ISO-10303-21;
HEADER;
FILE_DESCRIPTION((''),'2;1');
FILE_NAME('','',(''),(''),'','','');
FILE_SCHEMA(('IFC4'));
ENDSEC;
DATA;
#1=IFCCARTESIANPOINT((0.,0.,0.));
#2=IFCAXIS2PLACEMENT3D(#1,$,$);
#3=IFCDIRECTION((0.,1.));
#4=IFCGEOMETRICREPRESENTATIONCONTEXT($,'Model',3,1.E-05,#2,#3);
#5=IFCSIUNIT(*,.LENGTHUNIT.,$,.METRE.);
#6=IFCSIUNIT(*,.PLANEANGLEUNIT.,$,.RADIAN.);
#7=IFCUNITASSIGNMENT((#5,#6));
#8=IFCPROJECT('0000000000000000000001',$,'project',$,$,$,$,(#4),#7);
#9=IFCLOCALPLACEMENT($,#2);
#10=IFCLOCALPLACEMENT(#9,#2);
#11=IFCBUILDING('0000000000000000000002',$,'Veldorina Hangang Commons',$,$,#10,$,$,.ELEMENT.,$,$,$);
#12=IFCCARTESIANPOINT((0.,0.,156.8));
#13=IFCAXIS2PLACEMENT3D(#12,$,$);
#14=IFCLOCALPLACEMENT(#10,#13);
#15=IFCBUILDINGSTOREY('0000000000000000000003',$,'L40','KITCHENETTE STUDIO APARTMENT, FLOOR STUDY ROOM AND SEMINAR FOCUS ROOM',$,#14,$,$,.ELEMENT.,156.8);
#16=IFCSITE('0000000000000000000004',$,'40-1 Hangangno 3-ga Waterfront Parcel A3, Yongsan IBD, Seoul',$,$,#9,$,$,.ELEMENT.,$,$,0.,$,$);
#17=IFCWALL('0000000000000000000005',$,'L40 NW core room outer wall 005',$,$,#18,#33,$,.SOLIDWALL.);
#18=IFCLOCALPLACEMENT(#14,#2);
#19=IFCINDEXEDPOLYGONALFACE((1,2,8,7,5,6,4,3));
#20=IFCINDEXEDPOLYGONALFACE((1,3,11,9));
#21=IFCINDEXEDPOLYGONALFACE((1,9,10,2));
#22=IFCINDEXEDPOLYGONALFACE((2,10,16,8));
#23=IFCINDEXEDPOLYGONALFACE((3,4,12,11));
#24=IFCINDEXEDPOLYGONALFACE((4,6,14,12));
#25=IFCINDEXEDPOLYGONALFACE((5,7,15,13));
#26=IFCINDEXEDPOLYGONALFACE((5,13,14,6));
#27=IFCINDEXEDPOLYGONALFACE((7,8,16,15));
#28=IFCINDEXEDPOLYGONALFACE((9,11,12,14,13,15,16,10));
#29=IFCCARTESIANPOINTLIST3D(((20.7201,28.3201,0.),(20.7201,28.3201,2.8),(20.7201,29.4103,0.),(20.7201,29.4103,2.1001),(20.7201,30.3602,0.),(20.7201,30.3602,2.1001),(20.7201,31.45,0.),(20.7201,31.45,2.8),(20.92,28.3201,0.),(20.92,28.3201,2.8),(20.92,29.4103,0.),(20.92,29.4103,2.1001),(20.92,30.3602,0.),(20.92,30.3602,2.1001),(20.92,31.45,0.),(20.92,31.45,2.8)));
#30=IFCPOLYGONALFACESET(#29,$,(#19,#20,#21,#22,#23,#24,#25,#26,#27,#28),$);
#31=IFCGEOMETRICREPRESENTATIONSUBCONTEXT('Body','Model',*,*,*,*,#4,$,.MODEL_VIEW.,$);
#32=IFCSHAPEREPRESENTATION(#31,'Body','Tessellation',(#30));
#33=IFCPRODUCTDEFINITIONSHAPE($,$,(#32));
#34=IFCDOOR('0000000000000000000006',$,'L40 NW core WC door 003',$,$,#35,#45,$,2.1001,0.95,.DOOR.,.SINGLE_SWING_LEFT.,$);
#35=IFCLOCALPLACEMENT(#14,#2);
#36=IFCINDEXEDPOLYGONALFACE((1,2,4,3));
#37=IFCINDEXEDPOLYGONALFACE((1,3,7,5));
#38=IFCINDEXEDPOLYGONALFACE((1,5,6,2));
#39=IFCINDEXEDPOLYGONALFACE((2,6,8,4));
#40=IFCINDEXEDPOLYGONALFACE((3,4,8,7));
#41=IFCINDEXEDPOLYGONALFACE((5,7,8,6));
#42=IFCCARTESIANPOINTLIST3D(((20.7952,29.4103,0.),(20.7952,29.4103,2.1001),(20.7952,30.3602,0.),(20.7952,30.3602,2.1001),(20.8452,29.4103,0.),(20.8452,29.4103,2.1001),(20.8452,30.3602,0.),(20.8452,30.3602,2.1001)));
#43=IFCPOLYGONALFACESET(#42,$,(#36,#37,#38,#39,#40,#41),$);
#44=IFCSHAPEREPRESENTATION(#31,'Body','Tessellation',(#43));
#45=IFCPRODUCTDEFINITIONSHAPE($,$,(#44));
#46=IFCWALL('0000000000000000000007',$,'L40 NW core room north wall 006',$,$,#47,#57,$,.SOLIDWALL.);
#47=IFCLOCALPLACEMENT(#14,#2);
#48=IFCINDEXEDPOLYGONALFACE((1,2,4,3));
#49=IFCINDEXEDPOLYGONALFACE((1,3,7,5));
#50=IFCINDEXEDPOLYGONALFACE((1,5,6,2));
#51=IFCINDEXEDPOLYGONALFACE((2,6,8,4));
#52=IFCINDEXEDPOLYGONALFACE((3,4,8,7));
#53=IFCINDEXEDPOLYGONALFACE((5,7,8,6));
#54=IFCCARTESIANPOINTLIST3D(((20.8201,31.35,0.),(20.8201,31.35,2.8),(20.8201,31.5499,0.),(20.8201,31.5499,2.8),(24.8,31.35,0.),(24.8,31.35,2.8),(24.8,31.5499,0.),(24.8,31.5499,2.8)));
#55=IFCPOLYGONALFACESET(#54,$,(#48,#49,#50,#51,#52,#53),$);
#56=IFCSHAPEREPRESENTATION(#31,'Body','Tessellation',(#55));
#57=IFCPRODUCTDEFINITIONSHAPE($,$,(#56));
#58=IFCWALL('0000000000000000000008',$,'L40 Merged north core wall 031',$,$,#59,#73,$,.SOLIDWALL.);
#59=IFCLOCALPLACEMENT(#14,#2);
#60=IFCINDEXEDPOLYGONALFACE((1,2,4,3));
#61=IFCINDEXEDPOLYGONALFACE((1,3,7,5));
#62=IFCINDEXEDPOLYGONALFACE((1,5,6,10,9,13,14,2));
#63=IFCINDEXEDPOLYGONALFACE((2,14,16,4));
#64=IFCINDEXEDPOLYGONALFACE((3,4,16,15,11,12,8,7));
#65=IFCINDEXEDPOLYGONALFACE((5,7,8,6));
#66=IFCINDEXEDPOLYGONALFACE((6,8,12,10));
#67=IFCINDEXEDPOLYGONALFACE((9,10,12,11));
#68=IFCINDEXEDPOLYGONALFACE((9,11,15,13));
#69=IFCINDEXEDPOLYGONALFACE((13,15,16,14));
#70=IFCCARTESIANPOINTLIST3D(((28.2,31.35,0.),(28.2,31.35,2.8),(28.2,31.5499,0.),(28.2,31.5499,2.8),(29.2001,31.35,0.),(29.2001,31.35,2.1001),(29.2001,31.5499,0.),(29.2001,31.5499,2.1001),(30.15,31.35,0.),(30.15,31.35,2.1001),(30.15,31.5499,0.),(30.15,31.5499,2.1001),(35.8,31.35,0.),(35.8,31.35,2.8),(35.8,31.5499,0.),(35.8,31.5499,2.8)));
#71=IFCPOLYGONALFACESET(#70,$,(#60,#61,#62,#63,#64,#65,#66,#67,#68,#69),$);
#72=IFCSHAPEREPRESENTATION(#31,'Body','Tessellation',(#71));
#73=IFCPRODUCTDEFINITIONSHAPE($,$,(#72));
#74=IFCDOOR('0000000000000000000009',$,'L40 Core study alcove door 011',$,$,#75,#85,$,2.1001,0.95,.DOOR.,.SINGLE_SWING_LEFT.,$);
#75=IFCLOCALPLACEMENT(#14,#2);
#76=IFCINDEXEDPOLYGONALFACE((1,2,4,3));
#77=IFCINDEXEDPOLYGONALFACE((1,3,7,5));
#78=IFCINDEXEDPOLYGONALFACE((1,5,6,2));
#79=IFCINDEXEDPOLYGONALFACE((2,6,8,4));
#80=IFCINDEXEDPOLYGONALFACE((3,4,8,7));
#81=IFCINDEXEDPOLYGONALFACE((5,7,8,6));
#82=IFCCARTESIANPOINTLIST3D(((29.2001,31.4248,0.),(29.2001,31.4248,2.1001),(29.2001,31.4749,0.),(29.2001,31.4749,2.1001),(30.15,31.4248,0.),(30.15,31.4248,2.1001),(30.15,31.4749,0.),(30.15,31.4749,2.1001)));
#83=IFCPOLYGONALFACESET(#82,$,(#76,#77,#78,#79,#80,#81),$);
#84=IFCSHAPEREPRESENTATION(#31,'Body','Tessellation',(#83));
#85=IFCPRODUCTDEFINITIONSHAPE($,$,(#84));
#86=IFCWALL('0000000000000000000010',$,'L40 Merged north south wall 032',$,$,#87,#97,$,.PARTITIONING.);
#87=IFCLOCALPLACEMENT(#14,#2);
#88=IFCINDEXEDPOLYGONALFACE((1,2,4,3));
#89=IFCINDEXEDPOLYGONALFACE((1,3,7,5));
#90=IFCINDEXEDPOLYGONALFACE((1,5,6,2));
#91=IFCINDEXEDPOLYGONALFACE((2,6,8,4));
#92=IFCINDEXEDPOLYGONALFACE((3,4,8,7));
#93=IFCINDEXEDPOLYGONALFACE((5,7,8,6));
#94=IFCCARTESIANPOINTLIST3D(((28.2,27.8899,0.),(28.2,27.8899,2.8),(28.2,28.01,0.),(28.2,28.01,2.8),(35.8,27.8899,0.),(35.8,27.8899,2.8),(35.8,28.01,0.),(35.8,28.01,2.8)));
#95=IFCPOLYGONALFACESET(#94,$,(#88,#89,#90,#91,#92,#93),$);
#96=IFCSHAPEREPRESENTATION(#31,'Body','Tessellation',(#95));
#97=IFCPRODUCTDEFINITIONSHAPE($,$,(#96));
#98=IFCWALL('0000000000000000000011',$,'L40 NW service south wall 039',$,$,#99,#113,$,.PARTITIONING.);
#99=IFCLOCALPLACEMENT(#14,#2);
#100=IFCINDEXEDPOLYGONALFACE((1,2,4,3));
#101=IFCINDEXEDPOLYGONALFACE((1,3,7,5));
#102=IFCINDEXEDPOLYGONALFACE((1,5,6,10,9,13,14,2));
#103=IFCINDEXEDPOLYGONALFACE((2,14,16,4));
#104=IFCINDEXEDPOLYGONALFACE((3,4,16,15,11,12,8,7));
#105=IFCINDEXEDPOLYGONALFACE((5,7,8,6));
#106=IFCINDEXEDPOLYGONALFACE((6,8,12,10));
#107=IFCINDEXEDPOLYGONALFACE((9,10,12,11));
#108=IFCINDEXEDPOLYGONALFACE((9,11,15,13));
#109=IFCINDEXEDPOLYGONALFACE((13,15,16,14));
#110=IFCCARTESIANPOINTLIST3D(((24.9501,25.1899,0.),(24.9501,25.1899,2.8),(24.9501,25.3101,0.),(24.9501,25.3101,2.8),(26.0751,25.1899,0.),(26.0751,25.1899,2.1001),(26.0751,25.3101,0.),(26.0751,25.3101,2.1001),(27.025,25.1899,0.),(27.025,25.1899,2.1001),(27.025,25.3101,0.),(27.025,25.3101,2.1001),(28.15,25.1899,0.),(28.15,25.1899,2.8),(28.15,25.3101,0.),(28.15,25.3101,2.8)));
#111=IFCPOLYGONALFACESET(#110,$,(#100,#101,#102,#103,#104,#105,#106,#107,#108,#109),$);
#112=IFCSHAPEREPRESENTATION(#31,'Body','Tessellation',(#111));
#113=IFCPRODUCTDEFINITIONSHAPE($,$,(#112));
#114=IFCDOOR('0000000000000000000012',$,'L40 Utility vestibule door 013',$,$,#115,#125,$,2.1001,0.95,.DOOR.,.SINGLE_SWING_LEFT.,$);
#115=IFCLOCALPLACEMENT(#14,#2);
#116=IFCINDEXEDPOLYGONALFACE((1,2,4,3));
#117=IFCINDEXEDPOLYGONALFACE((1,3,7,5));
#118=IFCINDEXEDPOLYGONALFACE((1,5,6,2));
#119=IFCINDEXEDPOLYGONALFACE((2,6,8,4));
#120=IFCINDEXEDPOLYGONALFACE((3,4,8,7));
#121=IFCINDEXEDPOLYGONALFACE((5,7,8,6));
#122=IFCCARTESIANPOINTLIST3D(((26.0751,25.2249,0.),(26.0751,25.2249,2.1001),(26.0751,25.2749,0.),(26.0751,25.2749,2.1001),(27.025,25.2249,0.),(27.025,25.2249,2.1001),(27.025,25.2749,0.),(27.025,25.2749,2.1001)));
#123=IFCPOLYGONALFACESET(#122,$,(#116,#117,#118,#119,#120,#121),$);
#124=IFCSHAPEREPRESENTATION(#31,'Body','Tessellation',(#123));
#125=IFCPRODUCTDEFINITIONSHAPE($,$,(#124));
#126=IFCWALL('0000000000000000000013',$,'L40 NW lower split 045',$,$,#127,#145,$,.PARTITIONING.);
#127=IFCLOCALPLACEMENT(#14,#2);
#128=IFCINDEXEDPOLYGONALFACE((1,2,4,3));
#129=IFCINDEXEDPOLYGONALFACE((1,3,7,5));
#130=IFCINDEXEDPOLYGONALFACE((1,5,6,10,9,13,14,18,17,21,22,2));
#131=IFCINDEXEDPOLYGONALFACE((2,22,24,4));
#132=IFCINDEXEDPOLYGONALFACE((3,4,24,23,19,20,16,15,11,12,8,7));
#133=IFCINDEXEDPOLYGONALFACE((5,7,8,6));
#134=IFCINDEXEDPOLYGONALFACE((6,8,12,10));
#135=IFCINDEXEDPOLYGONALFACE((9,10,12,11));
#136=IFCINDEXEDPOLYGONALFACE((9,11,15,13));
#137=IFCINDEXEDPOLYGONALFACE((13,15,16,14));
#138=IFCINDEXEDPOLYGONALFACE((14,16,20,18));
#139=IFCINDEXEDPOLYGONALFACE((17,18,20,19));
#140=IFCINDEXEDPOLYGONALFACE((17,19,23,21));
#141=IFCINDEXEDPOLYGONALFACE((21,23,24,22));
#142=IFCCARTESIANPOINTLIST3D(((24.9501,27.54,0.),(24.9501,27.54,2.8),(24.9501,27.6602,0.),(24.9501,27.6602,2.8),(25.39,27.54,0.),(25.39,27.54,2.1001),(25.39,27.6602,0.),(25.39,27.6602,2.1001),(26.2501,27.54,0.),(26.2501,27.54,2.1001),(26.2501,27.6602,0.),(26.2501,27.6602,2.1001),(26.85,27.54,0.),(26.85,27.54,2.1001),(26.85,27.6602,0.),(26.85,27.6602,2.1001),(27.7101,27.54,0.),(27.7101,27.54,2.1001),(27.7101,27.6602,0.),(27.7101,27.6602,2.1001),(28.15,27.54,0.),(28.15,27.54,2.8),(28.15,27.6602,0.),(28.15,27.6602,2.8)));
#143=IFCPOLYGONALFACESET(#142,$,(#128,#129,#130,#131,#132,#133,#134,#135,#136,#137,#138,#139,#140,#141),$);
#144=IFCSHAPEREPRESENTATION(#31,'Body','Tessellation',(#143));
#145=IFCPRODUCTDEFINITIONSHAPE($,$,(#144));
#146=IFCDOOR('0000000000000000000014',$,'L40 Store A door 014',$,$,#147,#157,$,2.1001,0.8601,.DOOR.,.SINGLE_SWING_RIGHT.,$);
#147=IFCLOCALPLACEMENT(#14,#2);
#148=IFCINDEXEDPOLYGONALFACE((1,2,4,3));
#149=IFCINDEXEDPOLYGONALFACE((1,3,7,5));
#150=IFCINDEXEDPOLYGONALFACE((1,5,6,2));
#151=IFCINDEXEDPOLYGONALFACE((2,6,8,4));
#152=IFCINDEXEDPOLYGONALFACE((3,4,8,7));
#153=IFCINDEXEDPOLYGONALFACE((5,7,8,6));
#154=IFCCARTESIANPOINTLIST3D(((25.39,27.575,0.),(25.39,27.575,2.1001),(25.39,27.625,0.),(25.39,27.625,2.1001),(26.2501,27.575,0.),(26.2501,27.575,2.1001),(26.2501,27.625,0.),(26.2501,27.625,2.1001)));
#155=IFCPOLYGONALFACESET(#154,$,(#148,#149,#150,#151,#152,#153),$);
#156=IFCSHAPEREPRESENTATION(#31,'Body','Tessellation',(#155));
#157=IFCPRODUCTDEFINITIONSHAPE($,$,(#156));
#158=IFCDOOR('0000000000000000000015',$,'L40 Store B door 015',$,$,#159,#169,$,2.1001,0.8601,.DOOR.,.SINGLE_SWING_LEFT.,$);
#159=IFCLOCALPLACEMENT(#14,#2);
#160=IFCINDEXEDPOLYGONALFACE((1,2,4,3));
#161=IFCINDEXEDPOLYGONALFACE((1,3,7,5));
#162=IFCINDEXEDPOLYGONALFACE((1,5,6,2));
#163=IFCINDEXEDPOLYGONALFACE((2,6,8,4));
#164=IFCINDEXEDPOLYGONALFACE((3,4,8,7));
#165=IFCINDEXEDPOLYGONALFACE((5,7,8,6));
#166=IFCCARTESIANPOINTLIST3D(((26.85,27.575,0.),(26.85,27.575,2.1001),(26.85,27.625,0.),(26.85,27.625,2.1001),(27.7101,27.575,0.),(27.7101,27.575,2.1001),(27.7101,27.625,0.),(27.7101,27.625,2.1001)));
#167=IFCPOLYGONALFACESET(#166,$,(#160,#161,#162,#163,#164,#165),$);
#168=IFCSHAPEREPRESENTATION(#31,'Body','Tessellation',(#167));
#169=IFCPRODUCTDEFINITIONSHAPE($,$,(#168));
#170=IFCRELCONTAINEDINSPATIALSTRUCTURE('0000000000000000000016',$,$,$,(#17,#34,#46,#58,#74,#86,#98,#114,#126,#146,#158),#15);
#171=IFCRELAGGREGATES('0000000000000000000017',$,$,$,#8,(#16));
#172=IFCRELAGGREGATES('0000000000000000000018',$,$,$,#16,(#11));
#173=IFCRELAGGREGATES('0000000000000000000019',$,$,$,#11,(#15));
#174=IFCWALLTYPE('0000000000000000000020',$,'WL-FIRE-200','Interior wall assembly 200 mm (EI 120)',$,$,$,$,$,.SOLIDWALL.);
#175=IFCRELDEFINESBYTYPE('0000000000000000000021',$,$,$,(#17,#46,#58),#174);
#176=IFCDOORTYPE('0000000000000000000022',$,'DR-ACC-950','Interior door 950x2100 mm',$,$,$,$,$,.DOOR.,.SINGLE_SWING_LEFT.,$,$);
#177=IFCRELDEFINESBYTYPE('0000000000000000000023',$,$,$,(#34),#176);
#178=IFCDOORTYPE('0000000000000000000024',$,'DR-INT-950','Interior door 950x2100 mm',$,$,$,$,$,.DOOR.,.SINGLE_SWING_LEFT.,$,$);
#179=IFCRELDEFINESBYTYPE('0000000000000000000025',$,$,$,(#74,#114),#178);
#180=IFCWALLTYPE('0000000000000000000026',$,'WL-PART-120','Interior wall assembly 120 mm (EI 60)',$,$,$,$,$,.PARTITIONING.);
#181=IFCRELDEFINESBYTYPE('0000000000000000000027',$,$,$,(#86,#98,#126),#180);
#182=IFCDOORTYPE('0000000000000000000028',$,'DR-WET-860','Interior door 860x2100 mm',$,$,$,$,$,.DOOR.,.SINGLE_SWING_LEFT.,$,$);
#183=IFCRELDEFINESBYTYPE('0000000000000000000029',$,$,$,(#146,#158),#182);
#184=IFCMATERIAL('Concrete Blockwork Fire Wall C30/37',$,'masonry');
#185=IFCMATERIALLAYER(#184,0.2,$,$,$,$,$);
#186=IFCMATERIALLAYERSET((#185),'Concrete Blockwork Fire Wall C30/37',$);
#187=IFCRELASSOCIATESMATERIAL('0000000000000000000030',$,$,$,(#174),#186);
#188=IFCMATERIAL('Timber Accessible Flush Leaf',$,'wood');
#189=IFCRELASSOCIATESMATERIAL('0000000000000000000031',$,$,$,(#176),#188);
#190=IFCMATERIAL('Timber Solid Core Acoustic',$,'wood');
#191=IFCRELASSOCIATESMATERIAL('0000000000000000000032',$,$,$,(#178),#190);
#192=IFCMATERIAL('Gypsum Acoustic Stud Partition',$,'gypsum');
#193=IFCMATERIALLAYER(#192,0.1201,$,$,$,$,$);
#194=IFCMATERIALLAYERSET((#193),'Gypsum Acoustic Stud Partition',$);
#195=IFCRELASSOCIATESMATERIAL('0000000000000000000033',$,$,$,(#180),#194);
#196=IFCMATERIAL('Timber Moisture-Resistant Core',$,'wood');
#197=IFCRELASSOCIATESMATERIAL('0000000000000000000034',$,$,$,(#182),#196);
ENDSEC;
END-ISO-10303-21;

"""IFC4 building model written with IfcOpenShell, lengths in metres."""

from ifc_helpers import new_model, si_unit, direction, frame, frame_2d, origin, place, context, subcontext, project, spatial, rectangle, extrude, material, layer, layer_set, type_object, element, fill, save


model = new_model("IFC4")

# Units and contexts
model_context = context("Model", 3, precision=1e-05, world=origin(), true_north=direction((0.0, 1.0)))
body_context = subcontext(model_context, "Body", "Model", "MODEL_VIEW")
ifc_project = project(units=[si_unit("LENGTHUNIT", "METRE"), si_unit("PLANEANGLEUNIT", "RADIAN")], contexts=[model_context])

# Site, building, storey
site_placement = place(None, origin())
site = spatial("IfcSite", under=ifc_project, at=site_placement, Name="40-1 Hangangno 3-ga Waterfront Parcel A3, Yongsan IBD, Seoul", CompositionType="ELEMENT", RefElevation=0.0)
building_placement = place(site_placement, origin())
building = spatial("IfcBuilding", under=site, at=building_placement, Name="Veldorina Hangang Commons", CompositionType="ELEMENT")
storey_placement = place(building_placement, frame((0.0, 0.0, 156.8)))
storey = spatial("IfcBuildingStorey", under=building, at=storey_placement, Name="L40", Description="KITCHENETTE STUDIO APARTMENT, FLOOR STUDY ROOM AND SEMINAR FOCUS ROOM", CompositionType="ELEMENT", Elevation=156.8)

# Wall, opening, door
ifc_material_1 = material(Name="Concrete Blockwork Fire Wall C30/37", Category="masonry")
ifc_layer_1 = layer(ifc_material_1, 0.2)
ifc_layer_set_1 = layer_set([ifc_layer_1], Name="Concrete Blockwork Fire Wall C30/37")
wall_type_1 = type_object("IfcWallType", Name="WL-FIRE-200", Description="Interior wall assembly 200 mm (EI 120)", PredefinedType="SOLIDWALL", material=ifc_layer_set_1)
wall_1_placement = place(storey_placement, frame((20.8201, 28.3201, 0.0), z_axis=(0.0, 0.0, 1.0), x_axis=(0.0, 1.0, 0.0)))
wall_1 = element("IfcWall", 1, at=wall_1_placement, inside=storey, type_object=wall_type_1, Name="L40 NW core room outer wall 005", PredefinedType="SOLIDWALL", context=body_context, shape_type="SweptSolid", body=[
    extrude(rectangle(XDim=3.1299, YDim=0.2, at=frame_2d((1.5649, 0.0))), origin(), (0.0, 0.0, 1.0), 2.8),
])
opening_1_placement = place(wall_1_placement, frame((1.0901, 0.0, 0.0)))
opening_1 = element("IfcOpeningElement", 2, at=opening_1_placement, cuts=wall_1, PredefinedType="OPENING", context=body_context, shape_type="SweptSolid", body=[
    extrude(rectangle(XDim=0.95, YDim=2.1001, at=frame_2d((0.4751, 1.05))), frame((0.0, 0.1099, 0.0), z_axis=(0.0, -1.0, 0.0), x_axis=(1.0, 0.0, 0.0)), (0.0, 0.0, 1.0), 0.22),
])
ifc_material_2 = material(Name="Timber Accessible Flush Leaf", Category="wood")
door_type_1 = type_object("IfcDoorType", Name="DR-ACC-950", Description="Interior door 950x2100 mm", OperationType="SINGLE_SWING_LEFT", PredefinedType="DOOR", material=ifc_material_2)
door_1_placement = place(opening_1_placement, origin())
door_1 = element("IfcDoor", 3, at=door_1_placement, inside=storey, type_object=door_type_1, Name="L40 NW core WC door 003", OperationType="SINGLE_SWING_LEFT", OverallHeight=2.1001, OverallWidth=0.95, PredefinedType="DOOR", context=body_context, shape_type="SweptSolid", body=[
    extrude(rectangle(XDim=0.95, YDim=2.1001, at=frame_2d((0.4751, 1.05))), frame((0.0, 0.0249, 0.0), z_axis=(0.0, -1.0, 0.0), x_axis=(1.0, 0.0, 0.0)), (0.0, 0.0, 1.0), 0.05),
])
fill(opening_1, door_1)

# Wall
wall_2_placement = place(storey_placement, frame((20.8201, 31.45, 0.0), z_axis=(0.0, 0.0, 1.0), x_axis=(1.0, 0.0, 0.0)))
element("IfcWall", 4, at=wall_2_placement, inside=storey, type_object=wall_type_1, Name="L40 NW core room north wall 006", PredefinedType="SOLIDWALL", context=body_context, shape_type="SweptSolid", body=[
    extrude(rectangle(XDim=3.98, YDim=0.2, at=frame_2d((1.99, 0.0))), origin(), (0.0, 0.0, 1.0), 2.8),
])

# Wall, opening, door
wall_3_placement = place(storey_placement, frame((28.2, 31.45, 0.0), z_axis=(0.0, 0.0, 1.0), x_axis=(1.0, 0.0, 0.0)))
wall_3 = element("IfcWall", 5, at=wall_3_placement, inside=storey, type_object=wall_type_1, Name="L40 Merged north core wall 031", PredefinedType="SOLIDWALL", context=body_context, shape_type="SweptSolid", body=[
    extrude(rectangle(XDim=7.6001, YDim=0.2, at=frame_2d((3.8, 0.0))), origin(), (0.0, 0.0, 1.0), 2.8),
])
opening_2_placement = place(wall_3_placement, frame((1.0, 0.0, 0.0)))
opening_2 = element("IfcOpeningElement", 6, at=opening_2_placement, cuts=wall_3, PredefinedType="OPENING", context=body_context, shape_type="SweptSolid", body=[
    extrude(rectangle(XDim=0.95, YDim=2.1001, at=frame_2d((0.4751, 1.05))), frame((0.0, 0.1099, 0.0), z_axis=(0.0, -1.0, 0.0), x_axis=(1.0, 0.0, 0.0)), (0.0, 0.0, 1.0), 0.22),
])
ifc_material_3 = material(Name="Timber Solid Core Acoustic", Category="wood")
door_type_2 = type_object("IfcDoorType", Name="DR-INT-950", Description="Interior door 950x2100 mm", OperationType="SINGLE_SWING_LEFT", PredefinedType="DOOR", material=ifc_material_3)
door_2_placement = place(opening_2_placement, origin())
door_2 = element("IfcDoor", 7, at=door_2_placement, inside=storey, type_object=door_type_2, Name="L40 Core study alcove door 011", OperationType="SINGLE_SWING_LEFT", OverallHeight=2.1001, OverallWidth=0.95, PredefinedType="DOOR", context=body_context, shape_type="SweptSolid", body=[
    extrude(rectangle(XDim=0.95, YDim=2.1001, at=frame_2d((0.4751, 1.05))), frame((0.0, 0.0249, 0.0), z_axis=(0.0, -1.0, 0.0), x_axis=(1.0, 0.0, 0.0)), (0.0, 0.0, 1.0), 0.05),
])
fill(opening_2, door_2)

# Wall
ifc_material_4 = material(Name="Gypsum Acoustic Stud Partition", Category="gypsum")
ifc_layer_2 = layer(ifc_material_4, 0.1201)
ifc_layer_set_2 = layer_set([ifc_layer_2], Name="Gypsum Acoustic Stud Partition")
wall_type_2 = type_object("IfcWallType", Name="WL-PART-120", Description="Interior wall assembly 120 mm (EI 60)", PredefinedType="PARTITIONING", material=ifc_layer_set_2)
wall_4_placement = place(storey_placement, frame((28.2, 27.95, 0.0), z_axis=(0.0, 0.0, 1.0), x_axis=(1.0, 0.0, 0.0)))
element("IfcWall", 8, at=wall_4_placement, inside=storey, type_object=wall_type_2, Name="L40 Merged north south wall 032", PredefinedType="PARTITIONING", context=body_context, shape_type="SweptSolid", body=[
    extrude(rectangle(XDim=7.6001, YDim=0.1201, at=frame_2d((3.8, 0.0))), origin(), (0.0, 0.0, 1.0), 2.8),
])

# Wall, opening, door
wall_5_placement = place(storey_placement, frame((24.95, 25.25, 0.0), z_axis=(0.0, 0.0, 1.0), x_axis=(1.0, 0.0, 0.0)))
wall_5 = element("IfcWall", 9, at=wall_5_placement, inside=storey, type_object=wall_type_2, Name="L40 NW service south wall 039", PredefinedType="PARTITIONING", context=body_context, shape_type="SweptSolid", body=[
    extrude(rectangle(XDim=3.2, YDim=0.1201, at=frame_2d((1.6001, 0.0))), origin(), (0.0, 0.0, 1.0), 2.8),
])
opening_3_placement = place(wall_5_placement, frame((1.125, 0.0, 0.0)))
opening_3 = element("IfcOpeningElement", 10, at=opening_3_placement, cuts=wall_5, PredefinedType="OPENING", context=body_context, shape_type="SweptSolid", body=[
    extrude(rectangle(XDim=0.95, YDim=2.1001, at=frame_2d((0.4751, 1.05))), frame((0.0, 0.0701, 0.0), z_axis=(0.0, -1.0, 0.0), x_axis=(1.0, 0.0, 0.0)), (0.0, 0.0, 1.0), 0.1401),
])
door_3_placement = place(opening_3_placement, origin())
door_3 = element("IfcDoor", 11, at=door_3_placement, inside=storey, type_object=door_type_2, Name="L40 Utility vestibule door 013", OperationType="SINGLE_SWING_LEFT", OverallHeight=2.1001, OverallWidth=0.95, PredefinedType="DOOR", context=body_context, shape_type="SweptSolid", body=[
    extrude(rectangle(XDim=0.95, YDim=2.1001, at=frame_2d((0.4751, 1.05))), frame((0.0, 0.0249, 0.0), z_axis=(0.0, -1.0, 0.0), x_axis=(1.0, 0.0, 0.0)), (0.0, 0.0, 1.0), 0.05),
])
fill(opening_3, door_3)

# Wall, openings, doors
wall_6_placement = place(storey_placement, frame((24.95, 27.6001, 0.0), z_axis=(0.0, 0.0, 1.0), x_axis=(1.0, 0.0, 0.0)))
wall_6 = element("IfcWall", 12, at=wall_6_placement, inside=storey, type_object=wall_type_2, Name="L40 NW lower split 045", PredefinedType="PARTITIONING", context=body_context, shape_type="SweptSolid", body=[
    extrude(rectangle(XDim=3.2, YDim=0.1201, at=frame_2d((1.6001, 0.0))), origin(), (0.0, 0.0, 1.0), 2.8),
])
opening_4_placement = place(wall_6_placement, frame((0.4399, 0.0, 0.0)))
opening_4 = element("IfcOpeningElement", 13, at=opening_4_placement, cuts=wall_6, PredefinedType="OPENING", context=body_context, shape_type="SweptSolid", body=[
    extrude(rectangle(XDim=0.8601, YDim=2.1001, at=frame_2d((0.4302, 1.05))), frame((0.0, 0.0701, 0.0), z_axis=(0.0, -1.0, 0.0), x_axis=(1.0, 0.0, 0.0)), (0.0, 0.0, 1.0), 0.1401),
])
opening_5_placement = place(wall_6_placement, frame((1.8999, 0.0, 0.0)))
opening_5 = element("IfcOpeningElement", 14, at=opening_5_placement, cuts=wall_6, PredefinedType="OPENING", context=body_context, shape_type="SweptSolid", body=[
    extrude(rectangle(XDim=0.8601, YDim=2.1001, at=frame_2d((0.4302, 1.05))), frame((0.0, 0.0701, 0.0), z_axis=(0.0, -1.0, 0.0), x_axis=(1.0, 0.0, 0.0)), (0.0, 0.0, 1.0), 0.1401),
])
ifc_material_5 = material(Name="Timber Moisture-Resistant Core", Category="wood")
door_type_3 = type_object("IfcDoorType", Name="DR-WET-860", Description="Interior door 860x2100 mm", OperationType="SINGLE_SWING_LEFT", PredefinedType="DOOR", material=ifc_material_5)
door_4_placement = place(opening_4_placement, origin())
door_4 = element("IfcDoor", 15, at=door_4_placement, inside=storey, type_object=door_type_3, Name="L40 Store A door 014", OperationType="SINGLE_SWING_RIGHT", OverallHeight=2.1001, OverallWidth=0.8601, PredefinedType="DOOR", context=body_context, shape_type="SweptSolid", body=[
    extrude(rectangle(XDim=0.8601, YDim=2.1001, at=frame_2d((0.4302, 1.05))), frame((0.0, 0.0249, 0.0), z_axis=(0.0, -1.0, 0.0), x_axis=(1.0, 0.0, 0.0)), (0.0, 0.0, 1.0), 0.05),
])
fill(opening_4, door_4)
door_5_placement = place(opening_5_placement, origin())
door_5 = element("IfcDoor", 16, at=door_5_placement, inside=storey, type_object=door_type_3, Name="L40 Store B door 015", OperationType="SINGLE_SWING_LEFT", OverallHeight=2.1001, OverallWidth=0.8601, PredefinedType="DOOR", context=body_context, shape_type="SweptSolid", body=[
    extrude(rectangle(XDim=0.8601, YDim=2.1001, at=frame_2d((0.4302, 1.05))), frame((0.0, 0.0249, 0.0), z_axis=(0.0, -1.0, 0.0), x_axis=(1.0, 0.0, 0.0)), (0.0, 0.0, 1.0), 0.05),
])
fill(opening_5, door_5)

save(model, "model.ifc")
